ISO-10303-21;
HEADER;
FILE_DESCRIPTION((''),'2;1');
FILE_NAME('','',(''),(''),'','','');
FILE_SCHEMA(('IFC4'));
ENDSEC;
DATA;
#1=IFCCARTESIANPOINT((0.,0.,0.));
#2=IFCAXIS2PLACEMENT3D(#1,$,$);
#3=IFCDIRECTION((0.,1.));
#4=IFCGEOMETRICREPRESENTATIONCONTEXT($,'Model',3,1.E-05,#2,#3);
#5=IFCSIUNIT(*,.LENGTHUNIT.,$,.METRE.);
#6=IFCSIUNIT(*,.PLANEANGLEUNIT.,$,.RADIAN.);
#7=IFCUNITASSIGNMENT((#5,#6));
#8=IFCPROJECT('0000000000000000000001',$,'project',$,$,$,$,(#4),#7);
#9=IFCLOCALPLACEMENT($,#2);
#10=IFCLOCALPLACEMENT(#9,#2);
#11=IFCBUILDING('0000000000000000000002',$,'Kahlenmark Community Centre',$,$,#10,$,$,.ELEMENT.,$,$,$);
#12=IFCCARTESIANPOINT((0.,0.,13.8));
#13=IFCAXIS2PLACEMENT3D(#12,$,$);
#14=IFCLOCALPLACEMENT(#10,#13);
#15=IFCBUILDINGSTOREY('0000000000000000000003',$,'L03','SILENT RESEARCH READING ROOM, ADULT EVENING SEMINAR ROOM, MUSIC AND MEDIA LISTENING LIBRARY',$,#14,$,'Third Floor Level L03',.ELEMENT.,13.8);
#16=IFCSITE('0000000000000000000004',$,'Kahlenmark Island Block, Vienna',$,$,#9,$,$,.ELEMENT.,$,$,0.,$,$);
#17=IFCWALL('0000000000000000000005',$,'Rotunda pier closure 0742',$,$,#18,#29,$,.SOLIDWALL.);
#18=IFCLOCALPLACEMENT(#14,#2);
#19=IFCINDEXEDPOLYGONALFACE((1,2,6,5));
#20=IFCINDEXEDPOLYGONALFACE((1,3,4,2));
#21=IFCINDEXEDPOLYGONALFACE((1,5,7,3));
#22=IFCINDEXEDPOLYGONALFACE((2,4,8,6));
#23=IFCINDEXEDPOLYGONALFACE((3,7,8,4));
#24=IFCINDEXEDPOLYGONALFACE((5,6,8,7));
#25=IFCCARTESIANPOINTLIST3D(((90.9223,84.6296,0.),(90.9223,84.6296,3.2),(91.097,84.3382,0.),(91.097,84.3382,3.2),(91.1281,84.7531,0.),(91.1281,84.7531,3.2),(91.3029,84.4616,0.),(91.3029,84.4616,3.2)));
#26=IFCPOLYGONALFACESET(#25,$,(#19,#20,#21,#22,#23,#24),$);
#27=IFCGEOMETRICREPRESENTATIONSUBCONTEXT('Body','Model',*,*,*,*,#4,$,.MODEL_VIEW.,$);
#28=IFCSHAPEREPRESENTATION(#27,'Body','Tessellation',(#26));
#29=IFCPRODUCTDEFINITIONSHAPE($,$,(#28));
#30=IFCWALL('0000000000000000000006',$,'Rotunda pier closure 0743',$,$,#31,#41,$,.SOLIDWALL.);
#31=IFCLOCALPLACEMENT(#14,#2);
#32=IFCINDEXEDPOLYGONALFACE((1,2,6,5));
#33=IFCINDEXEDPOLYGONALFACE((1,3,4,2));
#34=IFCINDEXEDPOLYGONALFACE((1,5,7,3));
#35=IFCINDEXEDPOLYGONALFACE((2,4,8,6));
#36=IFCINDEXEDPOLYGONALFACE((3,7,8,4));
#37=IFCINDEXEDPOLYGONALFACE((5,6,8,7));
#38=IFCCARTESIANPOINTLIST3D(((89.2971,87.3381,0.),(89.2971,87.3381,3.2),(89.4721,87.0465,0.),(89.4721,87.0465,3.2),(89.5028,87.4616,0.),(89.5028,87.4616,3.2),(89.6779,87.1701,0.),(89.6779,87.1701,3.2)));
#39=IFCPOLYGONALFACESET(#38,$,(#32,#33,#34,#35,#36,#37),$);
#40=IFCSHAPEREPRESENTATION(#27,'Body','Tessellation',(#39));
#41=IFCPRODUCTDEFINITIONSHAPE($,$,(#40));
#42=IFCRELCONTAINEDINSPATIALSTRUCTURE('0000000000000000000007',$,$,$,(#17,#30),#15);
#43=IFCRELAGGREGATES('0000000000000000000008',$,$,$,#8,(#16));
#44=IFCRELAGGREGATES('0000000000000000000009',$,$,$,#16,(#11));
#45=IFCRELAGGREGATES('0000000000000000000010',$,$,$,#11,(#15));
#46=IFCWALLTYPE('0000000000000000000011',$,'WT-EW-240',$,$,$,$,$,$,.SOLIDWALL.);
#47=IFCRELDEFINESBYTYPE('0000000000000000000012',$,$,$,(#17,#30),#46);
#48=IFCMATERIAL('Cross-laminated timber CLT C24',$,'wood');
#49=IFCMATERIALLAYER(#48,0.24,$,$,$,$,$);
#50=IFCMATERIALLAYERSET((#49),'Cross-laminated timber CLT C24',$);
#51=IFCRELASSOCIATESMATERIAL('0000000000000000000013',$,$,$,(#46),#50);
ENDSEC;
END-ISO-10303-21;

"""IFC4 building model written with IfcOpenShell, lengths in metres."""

from ifc_helpers import new_model, si_unit, direction, frame, frame_2d, origin, place, context, subcontext, project, spatial, rectangle, extrude, material, layer, layer_set, type_object, element, save


model = new_model("IFC4")

# Units and contexts
model_context = context("Model", 3, precision=1e-05, world=origin(), true_north=direction((0.0, 1.0)))
body_context = subcontext(model_context, "Body", "Model", "MODEL_VIEW")
ifc_project = project(units=[si_unit("LENGTHUNIT", "METRE"), si_unit("PLANEANGLEUNIT", "RADIAN")], contexts=[model_context])

# Site, building, storey
site_placement = place(None, origin())
site = spatial("IfcSite", under=ifc_project, at=site_placement, Name="Kahlenmark Island Block, Vienna", CompositionType="ELEMENT", RefElevation=0.0)
building_placement = place(site_placement, origin())
building = spatial("IfcBuilding", under=site, at=building_placement, Name="Kahlenmark Community Centre", CompositionType="ELEMENT")
storey_placement = place(building_placement, frame((0.0, 0.0, 13.8)))
storey = spatial("IfcBuildingStorey", under=building, at=storey_placement, Name="L03", Description="SILENT RESEARCH READING ROOM, ADULT EVENING SEMINAR ROOM, MUSIC AND MEDIA LISTENING LIBRARY", LongName="Third Floor Level L03", CompositionType="ELEMENT", Elevation=13.8)

# Walls
ifc_material_1 = material(Name="Cross-laminated timber CLT C24", Category="wood")
ifc_layer_1 = layer(ifc_material_1, 0.24)
ifc_layer_set_1 = layer_set([ifc_layer_1], Name="Cross-laminated timber CLT C24")
wall_type = type_object("IfcWallType", Name="WT-EW-240", PredefinedType="SOLIDWALL", material=ifc_layer_set_1)
for number, where, z_axis, x_axis, name in (
    (1, (91.2, 84.3999, 0.0), (0.0, 0.0, 1.0), (-0.514284, 0.85762, 0.0), "Rotunda pier closure 0742"),
):
    element("IfcWall", number, at=place(storey_placement, frame(where, z_axis=z_axis, x_axis=x_axis)), inside=storey, type_object=wall_type, Name=name, PredefinedType="SOLIDWALL", context=body_context, shape_type="SweptSolid", body=[
        extrude(rectangle(XDim=0.3398, YDim=0.24, at=frame_2d((0.1699, 0.0))), origin(), (0.0, 0.0, 1.0), 3.2),
    ])
wall_placement = place(storey_placement, frame((89.575, 87.1084, 0.0), z_axis=(0.0, 0.0, 1.0), x_axis=(-0.514812, 0.857303, 0.0)))
element("IfcWall", 2, at=wall_placement, inside=storey, type_object=wall_type, Name="Rotunda pier closure 0743", PredefinedType="SOLIDWALL", context=body_context, shape_type="SweptSolid", body=[
    extrude(rectangle(XDim=0.3401, YDim=0.24, at=frame_2d((0.1699, 0.0))), origin(), (0.0, 0.0, 1.0), 3.2),
])

save(model, "model.ifc")
